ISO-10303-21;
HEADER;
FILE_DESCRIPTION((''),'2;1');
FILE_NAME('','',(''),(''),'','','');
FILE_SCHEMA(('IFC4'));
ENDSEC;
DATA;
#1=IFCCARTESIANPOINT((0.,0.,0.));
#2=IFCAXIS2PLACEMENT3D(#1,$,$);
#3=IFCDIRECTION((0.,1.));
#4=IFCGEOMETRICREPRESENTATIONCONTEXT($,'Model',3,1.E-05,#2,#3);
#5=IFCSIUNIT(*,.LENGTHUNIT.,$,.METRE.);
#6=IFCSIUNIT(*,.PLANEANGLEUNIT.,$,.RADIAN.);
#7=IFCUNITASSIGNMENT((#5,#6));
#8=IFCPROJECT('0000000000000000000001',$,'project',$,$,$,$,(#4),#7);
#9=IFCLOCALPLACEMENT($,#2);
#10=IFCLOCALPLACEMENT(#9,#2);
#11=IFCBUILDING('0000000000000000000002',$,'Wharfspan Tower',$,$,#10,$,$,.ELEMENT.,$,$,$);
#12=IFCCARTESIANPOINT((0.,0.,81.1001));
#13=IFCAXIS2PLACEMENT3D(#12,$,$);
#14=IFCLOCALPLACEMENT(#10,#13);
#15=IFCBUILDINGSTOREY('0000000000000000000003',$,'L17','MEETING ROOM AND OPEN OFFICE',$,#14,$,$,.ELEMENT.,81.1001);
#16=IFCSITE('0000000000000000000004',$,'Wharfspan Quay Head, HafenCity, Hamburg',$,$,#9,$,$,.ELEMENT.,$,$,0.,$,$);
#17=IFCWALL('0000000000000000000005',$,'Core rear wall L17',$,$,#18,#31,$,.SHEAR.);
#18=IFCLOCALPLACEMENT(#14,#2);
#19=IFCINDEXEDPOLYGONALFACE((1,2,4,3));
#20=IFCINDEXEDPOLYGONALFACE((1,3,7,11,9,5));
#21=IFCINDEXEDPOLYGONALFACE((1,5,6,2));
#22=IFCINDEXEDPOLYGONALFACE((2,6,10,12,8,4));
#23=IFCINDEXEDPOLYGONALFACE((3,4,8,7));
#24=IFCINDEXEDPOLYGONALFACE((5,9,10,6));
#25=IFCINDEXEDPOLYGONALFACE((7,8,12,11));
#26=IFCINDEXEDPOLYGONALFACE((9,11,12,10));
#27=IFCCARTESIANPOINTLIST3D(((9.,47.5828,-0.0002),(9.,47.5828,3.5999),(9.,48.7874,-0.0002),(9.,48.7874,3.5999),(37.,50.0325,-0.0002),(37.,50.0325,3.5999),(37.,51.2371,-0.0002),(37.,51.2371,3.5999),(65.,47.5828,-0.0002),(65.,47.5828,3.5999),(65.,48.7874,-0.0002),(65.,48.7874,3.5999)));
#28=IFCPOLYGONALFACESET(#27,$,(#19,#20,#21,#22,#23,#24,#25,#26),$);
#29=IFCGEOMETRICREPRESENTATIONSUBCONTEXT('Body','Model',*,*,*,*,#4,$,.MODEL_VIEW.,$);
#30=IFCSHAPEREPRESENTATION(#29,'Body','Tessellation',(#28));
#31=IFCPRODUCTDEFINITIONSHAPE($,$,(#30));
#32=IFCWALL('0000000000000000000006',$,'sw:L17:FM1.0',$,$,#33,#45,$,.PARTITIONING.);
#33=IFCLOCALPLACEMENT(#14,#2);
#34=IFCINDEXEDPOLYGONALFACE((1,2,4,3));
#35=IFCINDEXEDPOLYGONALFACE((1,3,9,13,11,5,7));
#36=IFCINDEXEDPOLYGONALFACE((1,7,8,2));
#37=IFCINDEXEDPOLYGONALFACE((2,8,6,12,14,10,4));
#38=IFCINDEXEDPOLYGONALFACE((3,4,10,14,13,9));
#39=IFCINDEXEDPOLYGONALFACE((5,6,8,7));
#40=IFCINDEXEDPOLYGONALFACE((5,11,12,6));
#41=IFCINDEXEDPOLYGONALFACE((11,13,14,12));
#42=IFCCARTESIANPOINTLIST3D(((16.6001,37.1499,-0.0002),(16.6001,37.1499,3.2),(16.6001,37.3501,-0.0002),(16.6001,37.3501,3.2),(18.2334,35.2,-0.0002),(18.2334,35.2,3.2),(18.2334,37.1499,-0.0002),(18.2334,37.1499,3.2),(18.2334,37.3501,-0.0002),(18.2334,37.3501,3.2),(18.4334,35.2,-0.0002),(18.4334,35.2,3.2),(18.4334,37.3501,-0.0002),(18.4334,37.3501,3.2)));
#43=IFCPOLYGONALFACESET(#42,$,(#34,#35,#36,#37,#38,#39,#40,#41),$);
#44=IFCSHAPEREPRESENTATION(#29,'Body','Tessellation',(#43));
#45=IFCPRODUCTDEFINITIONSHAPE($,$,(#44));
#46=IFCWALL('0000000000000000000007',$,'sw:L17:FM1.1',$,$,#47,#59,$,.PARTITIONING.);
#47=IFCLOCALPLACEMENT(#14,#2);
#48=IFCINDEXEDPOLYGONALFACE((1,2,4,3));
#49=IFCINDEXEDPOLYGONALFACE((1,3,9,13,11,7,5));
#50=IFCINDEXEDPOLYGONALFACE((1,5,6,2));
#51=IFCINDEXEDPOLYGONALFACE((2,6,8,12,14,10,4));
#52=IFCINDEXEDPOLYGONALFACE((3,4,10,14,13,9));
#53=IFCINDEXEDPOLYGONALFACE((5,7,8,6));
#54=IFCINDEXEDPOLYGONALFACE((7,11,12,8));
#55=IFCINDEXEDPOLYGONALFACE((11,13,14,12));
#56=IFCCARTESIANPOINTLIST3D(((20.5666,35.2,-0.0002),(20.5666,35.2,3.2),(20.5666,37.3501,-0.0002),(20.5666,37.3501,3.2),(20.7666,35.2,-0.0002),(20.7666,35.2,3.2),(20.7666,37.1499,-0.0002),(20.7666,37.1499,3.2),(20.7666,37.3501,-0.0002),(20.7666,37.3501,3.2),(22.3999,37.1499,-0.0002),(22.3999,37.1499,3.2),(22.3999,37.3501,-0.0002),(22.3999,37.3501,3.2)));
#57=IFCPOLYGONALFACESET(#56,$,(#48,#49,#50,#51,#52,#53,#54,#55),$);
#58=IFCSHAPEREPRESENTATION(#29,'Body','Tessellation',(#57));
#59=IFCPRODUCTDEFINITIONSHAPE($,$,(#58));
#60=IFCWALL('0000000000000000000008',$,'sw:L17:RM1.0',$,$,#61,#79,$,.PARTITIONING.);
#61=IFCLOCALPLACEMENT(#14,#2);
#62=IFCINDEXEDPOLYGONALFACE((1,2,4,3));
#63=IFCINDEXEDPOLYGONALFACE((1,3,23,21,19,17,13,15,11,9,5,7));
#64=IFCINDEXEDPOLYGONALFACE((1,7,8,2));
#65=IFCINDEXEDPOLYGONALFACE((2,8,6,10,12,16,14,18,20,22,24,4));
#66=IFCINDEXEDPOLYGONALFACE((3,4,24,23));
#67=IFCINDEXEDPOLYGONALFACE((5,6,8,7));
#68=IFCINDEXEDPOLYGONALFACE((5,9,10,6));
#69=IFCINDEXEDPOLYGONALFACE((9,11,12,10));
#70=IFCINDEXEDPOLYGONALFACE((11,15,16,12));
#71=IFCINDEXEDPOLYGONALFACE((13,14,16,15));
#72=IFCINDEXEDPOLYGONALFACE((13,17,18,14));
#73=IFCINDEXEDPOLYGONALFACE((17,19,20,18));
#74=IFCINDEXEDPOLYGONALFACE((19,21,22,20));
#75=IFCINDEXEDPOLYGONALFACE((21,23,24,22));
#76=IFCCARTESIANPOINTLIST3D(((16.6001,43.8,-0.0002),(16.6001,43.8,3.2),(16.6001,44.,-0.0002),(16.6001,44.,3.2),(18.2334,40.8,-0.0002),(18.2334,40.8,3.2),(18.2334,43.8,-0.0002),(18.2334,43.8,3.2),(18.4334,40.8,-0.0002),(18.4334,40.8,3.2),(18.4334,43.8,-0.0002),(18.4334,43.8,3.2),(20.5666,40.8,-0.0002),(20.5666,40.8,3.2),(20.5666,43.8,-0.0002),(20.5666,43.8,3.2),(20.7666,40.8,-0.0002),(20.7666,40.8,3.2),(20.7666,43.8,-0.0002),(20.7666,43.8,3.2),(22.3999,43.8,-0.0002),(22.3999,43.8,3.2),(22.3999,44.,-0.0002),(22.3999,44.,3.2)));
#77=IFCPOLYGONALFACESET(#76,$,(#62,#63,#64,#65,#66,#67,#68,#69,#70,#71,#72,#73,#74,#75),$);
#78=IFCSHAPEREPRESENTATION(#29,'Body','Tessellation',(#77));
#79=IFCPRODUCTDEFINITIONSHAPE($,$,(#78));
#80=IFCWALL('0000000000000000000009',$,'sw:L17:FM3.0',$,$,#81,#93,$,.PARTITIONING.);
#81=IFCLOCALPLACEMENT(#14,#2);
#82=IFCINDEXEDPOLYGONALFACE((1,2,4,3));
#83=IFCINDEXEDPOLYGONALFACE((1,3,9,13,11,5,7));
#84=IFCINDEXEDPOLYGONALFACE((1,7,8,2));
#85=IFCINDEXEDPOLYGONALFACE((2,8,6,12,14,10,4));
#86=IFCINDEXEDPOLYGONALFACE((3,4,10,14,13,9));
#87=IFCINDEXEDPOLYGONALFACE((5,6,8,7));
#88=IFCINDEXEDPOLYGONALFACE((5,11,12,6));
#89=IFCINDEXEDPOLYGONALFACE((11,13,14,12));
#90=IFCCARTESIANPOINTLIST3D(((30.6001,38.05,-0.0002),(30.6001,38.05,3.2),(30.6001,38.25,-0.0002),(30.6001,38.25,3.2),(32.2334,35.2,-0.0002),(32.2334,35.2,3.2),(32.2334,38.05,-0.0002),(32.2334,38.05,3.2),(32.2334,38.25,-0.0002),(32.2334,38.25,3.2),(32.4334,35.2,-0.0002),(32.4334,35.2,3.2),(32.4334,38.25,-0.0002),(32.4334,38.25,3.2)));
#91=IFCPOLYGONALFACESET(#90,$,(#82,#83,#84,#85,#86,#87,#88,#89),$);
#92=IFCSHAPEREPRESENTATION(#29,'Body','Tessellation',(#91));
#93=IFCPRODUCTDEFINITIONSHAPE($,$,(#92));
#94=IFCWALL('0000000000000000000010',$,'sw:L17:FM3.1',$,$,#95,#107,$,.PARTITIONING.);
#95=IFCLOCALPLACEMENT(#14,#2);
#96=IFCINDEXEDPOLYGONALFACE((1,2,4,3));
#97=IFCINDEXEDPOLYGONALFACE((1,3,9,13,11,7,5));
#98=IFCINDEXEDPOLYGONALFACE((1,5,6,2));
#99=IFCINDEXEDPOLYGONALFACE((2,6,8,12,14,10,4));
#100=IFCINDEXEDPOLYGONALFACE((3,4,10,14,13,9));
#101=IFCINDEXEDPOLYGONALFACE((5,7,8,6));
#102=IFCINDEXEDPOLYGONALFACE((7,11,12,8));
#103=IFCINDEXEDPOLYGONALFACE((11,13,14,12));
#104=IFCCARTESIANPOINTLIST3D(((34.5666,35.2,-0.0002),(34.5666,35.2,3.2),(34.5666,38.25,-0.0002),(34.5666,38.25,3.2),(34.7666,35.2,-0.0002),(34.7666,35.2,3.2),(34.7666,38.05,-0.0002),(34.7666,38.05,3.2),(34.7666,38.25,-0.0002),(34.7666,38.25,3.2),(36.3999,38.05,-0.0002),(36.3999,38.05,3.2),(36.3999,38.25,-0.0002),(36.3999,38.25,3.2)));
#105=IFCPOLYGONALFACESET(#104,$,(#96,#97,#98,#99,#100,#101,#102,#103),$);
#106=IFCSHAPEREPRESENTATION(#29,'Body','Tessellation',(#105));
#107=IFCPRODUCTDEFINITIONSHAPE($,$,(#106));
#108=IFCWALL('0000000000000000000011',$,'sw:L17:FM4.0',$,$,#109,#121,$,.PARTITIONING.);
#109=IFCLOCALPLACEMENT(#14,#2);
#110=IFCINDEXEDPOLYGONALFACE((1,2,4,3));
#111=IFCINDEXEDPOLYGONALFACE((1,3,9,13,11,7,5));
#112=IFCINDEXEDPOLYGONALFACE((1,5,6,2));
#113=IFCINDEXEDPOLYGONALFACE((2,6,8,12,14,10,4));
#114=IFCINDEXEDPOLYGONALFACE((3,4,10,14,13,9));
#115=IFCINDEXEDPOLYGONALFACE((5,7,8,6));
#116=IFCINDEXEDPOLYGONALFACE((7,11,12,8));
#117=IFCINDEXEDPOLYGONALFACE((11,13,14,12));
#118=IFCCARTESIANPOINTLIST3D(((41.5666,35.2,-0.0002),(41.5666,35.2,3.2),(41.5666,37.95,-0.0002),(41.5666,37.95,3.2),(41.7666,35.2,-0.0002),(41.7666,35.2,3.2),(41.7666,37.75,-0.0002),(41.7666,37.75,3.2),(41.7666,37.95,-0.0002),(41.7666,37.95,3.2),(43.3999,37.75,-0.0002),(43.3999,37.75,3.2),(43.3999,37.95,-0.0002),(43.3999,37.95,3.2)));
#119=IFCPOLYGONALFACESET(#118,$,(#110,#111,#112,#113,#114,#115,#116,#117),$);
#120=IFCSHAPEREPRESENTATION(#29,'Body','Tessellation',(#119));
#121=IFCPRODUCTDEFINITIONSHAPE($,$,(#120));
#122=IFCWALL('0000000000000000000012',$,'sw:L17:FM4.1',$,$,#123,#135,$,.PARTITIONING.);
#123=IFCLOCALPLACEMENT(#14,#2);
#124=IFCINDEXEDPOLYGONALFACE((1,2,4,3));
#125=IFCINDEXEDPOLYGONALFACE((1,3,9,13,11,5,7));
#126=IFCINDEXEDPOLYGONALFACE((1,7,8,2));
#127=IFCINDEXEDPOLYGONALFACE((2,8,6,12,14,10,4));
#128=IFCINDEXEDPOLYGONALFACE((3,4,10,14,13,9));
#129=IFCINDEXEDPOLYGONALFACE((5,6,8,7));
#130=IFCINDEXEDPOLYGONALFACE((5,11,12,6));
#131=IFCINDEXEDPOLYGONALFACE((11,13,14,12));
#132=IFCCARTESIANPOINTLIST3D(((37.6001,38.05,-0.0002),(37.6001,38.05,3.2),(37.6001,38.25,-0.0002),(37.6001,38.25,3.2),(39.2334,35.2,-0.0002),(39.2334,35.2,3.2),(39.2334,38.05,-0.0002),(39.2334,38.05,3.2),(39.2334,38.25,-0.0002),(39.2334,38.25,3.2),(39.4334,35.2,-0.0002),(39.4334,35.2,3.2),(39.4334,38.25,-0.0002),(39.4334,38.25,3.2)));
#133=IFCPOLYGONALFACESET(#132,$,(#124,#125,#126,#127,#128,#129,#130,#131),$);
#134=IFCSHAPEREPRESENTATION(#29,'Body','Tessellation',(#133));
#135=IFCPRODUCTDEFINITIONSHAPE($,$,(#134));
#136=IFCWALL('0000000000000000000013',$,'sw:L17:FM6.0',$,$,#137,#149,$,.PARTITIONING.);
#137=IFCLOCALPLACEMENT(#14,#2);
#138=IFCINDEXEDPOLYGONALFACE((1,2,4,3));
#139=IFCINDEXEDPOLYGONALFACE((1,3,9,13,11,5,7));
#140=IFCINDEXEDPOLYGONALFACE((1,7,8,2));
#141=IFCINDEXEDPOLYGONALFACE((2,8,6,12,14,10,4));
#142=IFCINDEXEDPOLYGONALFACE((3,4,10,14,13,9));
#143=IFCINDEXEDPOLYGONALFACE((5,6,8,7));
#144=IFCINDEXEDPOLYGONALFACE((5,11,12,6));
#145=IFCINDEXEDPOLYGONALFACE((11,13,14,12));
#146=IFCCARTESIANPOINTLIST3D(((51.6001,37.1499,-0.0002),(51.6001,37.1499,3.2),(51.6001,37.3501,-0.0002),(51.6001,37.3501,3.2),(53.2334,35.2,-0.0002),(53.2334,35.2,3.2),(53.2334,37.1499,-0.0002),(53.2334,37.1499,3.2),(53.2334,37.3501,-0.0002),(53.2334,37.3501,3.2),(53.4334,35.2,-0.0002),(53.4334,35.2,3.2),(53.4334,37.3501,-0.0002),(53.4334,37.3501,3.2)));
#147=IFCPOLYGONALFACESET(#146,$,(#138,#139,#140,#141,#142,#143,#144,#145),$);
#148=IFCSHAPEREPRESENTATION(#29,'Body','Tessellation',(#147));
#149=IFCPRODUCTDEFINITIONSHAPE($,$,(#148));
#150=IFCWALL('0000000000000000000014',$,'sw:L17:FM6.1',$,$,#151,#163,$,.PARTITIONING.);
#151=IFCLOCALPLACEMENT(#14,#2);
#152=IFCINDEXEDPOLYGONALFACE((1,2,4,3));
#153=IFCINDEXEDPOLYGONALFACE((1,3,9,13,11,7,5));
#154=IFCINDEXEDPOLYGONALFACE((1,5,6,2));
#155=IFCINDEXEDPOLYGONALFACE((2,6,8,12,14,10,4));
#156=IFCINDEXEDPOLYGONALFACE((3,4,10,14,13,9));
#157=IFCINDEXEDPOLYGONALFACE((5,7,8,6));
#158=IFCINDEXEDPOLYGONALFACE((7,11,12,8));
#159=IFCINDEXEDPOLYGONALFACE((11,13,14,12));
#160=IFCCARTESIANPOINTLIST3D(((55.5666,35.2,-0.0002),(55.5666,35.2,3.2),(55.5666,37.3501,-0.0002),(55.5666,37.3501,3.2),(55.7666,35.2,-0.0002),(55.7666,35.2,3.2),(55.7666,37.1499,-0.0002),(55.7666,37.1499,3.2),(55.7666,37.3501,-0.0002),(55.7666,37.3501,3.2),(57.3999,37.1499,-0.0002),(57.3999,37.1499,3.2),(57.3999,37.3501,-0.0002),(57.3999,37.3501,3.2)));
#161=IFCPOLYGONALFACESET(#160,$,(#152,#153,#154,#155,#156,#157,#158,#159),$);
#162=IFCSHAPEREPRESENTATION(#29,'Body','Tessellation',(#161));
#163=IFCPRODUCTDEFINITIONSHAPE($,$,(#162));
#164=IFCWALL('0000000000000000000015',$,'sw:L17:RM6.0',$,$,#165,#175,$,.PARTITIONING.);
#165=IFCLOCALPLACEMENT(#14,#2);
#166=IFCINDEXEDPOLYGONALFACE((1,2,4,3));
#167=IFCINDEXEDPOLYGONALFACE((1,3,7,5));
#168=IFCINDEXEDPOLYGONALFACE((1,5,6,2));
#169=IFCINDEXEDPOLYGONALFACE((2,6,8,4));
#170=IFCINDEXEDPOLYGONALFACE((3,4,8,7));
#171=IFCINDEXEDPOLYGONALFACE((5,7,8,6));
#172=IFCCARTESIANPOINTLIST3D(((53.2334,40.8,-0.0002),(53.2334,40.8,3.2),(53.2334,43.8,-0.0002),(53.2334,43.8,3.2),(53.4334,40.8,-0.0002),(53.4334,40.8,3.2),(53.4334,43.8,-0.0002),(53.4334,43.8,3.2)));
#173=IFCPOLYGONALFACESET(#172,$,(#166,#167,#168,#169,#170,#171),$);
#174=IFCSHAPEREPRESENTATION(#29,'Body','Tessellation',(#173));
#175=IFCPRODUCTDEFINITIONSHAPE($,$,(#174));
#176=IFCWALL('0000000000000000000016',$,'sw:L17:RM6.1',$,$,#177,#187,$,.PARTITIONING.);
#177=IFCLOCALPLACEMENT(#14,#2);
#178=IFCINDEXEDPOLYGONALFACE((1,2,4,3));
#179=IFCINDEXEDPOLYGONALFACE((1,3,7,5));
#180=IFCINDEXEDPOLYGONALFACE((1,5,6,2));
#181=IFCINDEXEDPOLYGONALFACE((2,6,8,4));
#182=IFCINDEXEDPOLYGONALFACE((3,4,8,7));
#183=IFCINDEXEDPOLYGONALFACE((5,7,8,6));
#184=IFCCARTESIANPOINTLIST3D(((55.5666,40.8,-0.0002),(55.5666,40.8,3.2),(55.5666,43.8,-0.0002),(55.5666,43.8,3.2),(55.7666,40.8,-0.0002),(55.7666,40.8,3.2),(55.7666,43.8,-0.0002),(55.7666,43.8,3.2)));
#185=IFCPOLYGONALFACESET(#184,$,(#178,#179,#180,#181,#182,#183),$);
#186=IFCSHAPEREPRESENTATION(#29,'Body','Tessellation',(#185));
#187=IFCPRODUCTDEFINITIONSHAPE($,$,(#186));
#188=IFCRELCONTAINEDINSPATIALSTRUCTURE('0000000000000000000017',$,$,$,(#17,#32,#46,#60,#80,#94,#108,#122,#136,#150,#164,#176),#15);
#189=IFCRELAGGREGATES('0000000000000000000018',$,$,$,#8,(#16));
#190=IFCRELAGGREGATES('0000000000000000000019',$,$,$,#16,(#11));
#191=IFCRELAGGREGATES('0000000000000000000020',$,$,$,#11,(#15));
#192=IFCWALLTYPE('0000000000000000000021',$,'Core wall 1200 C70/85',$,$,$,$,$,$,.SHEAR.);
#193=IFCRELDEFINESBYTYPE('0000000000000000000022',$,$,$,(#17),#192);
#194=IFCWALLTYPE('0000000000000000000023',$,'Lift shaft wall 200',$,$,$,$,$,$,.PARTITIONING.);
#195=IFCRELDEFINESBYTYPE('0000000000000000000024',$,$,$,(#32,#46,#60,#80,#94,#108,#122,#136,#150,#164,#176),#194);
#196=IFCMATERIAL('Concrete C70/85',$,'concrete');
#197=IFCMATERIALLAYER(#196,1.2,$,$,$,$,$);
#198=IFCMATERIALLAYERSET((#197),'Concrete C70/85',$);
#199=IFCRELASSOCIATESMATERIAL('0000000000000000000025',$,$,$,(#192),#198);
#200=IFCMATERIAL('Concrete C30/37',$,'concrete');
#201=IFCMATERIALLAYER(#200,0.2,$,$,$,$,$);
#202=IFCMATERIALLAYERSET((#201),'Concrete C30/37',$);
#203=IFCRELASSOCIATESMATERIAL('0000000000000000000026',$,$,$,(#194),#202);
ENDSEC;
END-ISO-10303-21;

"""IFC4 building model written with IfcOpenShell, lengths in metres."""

from ifc_helpers import new_model, si_unit, direction, frame, origin, place, context, subcontext, project, spatial, polyline, outline, extrude, material, layer, layer_set, type_object, element, save


model = new_model("IFC4")

# Units and contexts
model_context = context("Model", 3, precision=1e-05, world=origin(), true_north=direction((0.0, 1.0)))
body_context = subcontext(model_context, "Body", "Model", "MODEL_VIEW")
ifc_project = project(units=[si_unit("LENGTHUNIT", "METRE"), si_unit("PLANEANGLEUNIT", "RADIAN")], contexts=[model_context])

# Site, building, storey
site_placement = place(None, origin())
site = spatial("IfcSite", under=ifc_project, at=site_placement, Name="Wharfspan Quay Head, HafenCity, Hamburg", CompositionType="ELEMENT", RefElevation=0.0)
building_placement = place(site_placement, origin())
building = spatial("IfcBuilding", under=site, at=building_placement, Name="Wharfspan Tower", CompositionType="ELEMENT")
storey_placement = place(building_placement, frame((0.0, 0.0, 81.1001)))
storey = spatial("IfcBuildingStorey", under=building, at=storey_placement, Name="L17", Description="MEETING ROOM AND OPEN OFFICE", CompositionType="ELEMENT", Elevation=81.1001)

# Walls
ifc_material_1 = material(Name="Concrete C70/85", Category="concrete")
ifc_layer_1 = layer(ifc_material_1, 1.2)
ifc_layer_set_1 = layer_set([ifc_layer_1], Name="Concrete C70/85")
wall_type_1 = type_object("IfcWallType", Name="Core wall 1200 C70/85", PredefinedType="SHEAR", material=ifc_layer_set_1)
wall_1_placement = place(storey_placement, frame((0.0, 0.0, -0.0002)))
element("IfcWall", 1, at=wall_1_placement, inside=storey, type_object=wall_type_1, Name="Core rear wall L17", PredefinedType="SHEAR", context=body_context, shape_type="SweptSolid", body=[
    extrude(outline(polyline([(9.0, 47.5828), (37.0, 50.0325), (65.0, 47.5828), (65.0, 48.7874), (37.0, 51.2371), (9.0, 48.7874), (9.0, 47.5828)])), origin(), (0.0, 0.0, 1.0), 3.6001),
])
ifc_material_2 = material(Name="Concrete C30/37", Category="concrete")
ifc_layer_2 = layer(ifc_material_2, 0.2)
ifc_layer_set_2 = layer_set([ifc_layer_2], Name="Concrete C30/37")
wall_type_2 = type_object("IfcWallType", Name="Lift shaft wall 200", PredefinedType="PARTITIONING", material=ifc_layer_set_2)
wall_2_placement = place(storey_placement, frame((0.0, 0.0, -0.0002)))
element("IfcWall", 2, at=wall_2_placement, inside=storey, type_object=wall_type_2, Name="sw:L17:FM1.0", PredefinedType="PARTITIONING", context=body_context, shape_type="SweptSolid", body=[
    extrude(outline(polyline([(18.2334, 37.1499), (16.6001, 37.1499), (16.6001, 37.3501), (18.2334, 37.3501), (18.4334, 37.3501), (18.4334, 35.2), (18.2334, 35.2), (18.2334, 37.1499)])), origin(), (0.0, 0.0, 1.0), 3.2002),
])
wall_3_placement = place(storey_placement, frame((0.0, 0.0, -0.0002)))
element("IfcWall", 3, at=wall_3_placement, inside=storey, type_object=wall_type_2, Name="sw:L17:FM1.1", PredefinedType="PARTITIONING", context=body_context, shape_type="SweptSolid", body=[
    extrude(outline(polyline([(20.5666, 37.3501), (20.7666, 37.3501), (22.3999, 37.3501), (22.3999, 37.1499), (20.7666, 37.1499), (20.7666, 35.2), (20.5666, 35.2), (20.5666, 37.3501)])), origin(), (0.0, 0.0, 1.0), 3.2002),
])
wall_4_placement = place(storey_placement, frame((0.0, 0.0, -0.0002)))
element("IfcWall", 4, at=wall_4_placement, inside=storey, type_object=wall_type_2, Name="sw:L17:RM1.0", PredefinedType="PARTITIONING", context=body_context, shape_type="SweptSolid", body=[
    extrude(outline(polyline([(18.4334, 40.8), (18.2334, 40.8), (18.2334, 43.8), (16.6001, 43.8), (16.6001, 44.0), (22.3999, 44.0), (22.3999, 43.8), (20.7666, 43.8), (20.7666, 40.8), (20.5666, 40.8), (20.5666, 43.8), (18.4334, 43.8), (18.4334, 40.8)])), origin(), (0.0, 0.0, 1.0), 3.2002),
])
wall_5_placement = place(storey_placement, frame((0.0, 0.0, -0.0002)))
element("IfcWall", 5, at=wall_5_placement, inside=storey, type_object=wall_type_2, Name="sw:L17:FM3.0", PredefinedType="PARTITIONING", context=body_context, shape_type="SweptSolid", body=[
    extrude(outline(polyline([(32.2334, 38.05), (30.6001, 38.05), (30.6001, 38.25), (32.2334, 38.25), (32.4333, 38.25), (32.4333, 35.2), (32.2334, 35.2), (32.2334, 38.05)])), origin(), (0.0, 0.0, 1.0), 3.2002),
])
wall_6_placement = place(storey_placement, frame((0.0, 0.0, -0.0002)))
element("IfcWall", 6, at=wall_6_placement, inside=storey, type_object=wall_type_2, Name="sw:L17:FM3.1", PredefinedType="PARTITIONING", context=body_context, shape_type="SweptSolid", body=[
    extrude(outline(polyline([(34.5667, 38.25), (34.7666, 38.25), (36.3999, 38.25), (36.3999, 38.05), (34.7666, 38.05), (34.7666, 35.2), (34.5667, 35.2), (34.5667, 38.25)])), origin(), (0.0, 0.0, 1.0), 3.2002),
])
wall_7_placement = place(storey_placement, frame((0.0, 0.0, -0.0002)))
element("IfcWall", 7, at=wall_7_placement, inside=storey, type_object=wall_type_2, Name="sw:L17:FM4.0", PredefinedType="PARTITIONING", context=body_context, shape_type="SweptSolid", body=[
    extrude(outline(polyline([(41.5667, 37.95), (41.7666, 37.95), (43.3999, 37.95), (43.3999, 37.75), (41.7666, 37.75), (41.7666, 35.2), (41.5667, 35.2), (41.5667, 37.95)])), origin(), (0.0, 0.0, 1.0), 3.2002),
])
wall_8_placement = place(storey_placement, frame((0.0, 0.0, -0.0002)))
element("IfcWall", 8, at=wall_8_placement, inside=storey, type_object=wall_type_2, Name="sw:L17:FM4.1", PredefinedType="PARTITIONING", context=body_context, shape_type="SweptSolid", body=[
    extrude(outline(polyline([(39.2334, 38.05), (37.6001, 38.05), (37.6001, 38.25), (39.2334, 38.25), (39.4333, 38.25), (39.4333, 35.2), (39.2334, 35.2), (39.2334, 38.05)])), origin(), (0.0, 0.0, 1.0), 3.2002),
])
wall_9_placement = place(storey_placement, frame((0.0, 0.0, -0.0002)))
element("IfcWall", 9, at=wall_9_placement, inside=storey, type_object=wall_type_2, Name="sw:L17:FM6.0", PredefinedType="PARTITIONING", context=body_context, shape_type="SweptSolid", body=[
    extrude(outline(polyline([(53.2334, 37.1499), (51.6001, 37.1499), (51.6001, 37.3501), (53.2334, 37.3501), (53.4333, 37.3501), (53.4333, 35.2), (53.2334, 35.2), (53.2334, 37.1499)])), origin(), (0.0, 0.0, 1.0), 3.2002),
])
wall_10_placement = place(storey_placement, frame((0.0, 0.0, -0.0002)))
element("IfcWall", 10, at=wall_10_placement, inside=storey, type_object=wall_type_2, Name="sw:L17:FM6.1", PredefinedType="PARTITIONING", context=body_context, shape_type="SweptSolid", body=[
    extrude(outline(polyline([(55.5667, 37.3501), (55.7666, 37.3501), (57.3999, 37.3501), (57.3999, 37.1499), (55.7666, 37.1499), (55.7666, 35.2), (55.5667, 35.2), (55.5667, 37.3501)])), origin(), (0.0, 0.0, 1.0), 3.2002),
])
wall_11_placement = place(storey_placement, frame((0.0, 0.0, -0.0002)))
element("IfcWall", 11, at=wall_11_placement, inside=storey, type_object=wall_type_2, Name="sw:L17:RM6.0", PredefinedType="PARTITIONING", context=body_context, shape_type="SweptSolid", body=[
    extrude(outline(polyline([(53.2334, 40.8), (53.2334, 43.8), (53.4333, 43.8), (53.4333, 40.8), (53.2334, 40.8)])), origin(), (0.0, 0.0, 1.0), 3.2002),
])
wall_12_placement = place(storey_placement, frame((0.0, 0.0, -0.0002)))
element("IfcWall", 12, at=wall_12_placement, inside=storey, type_object=wall_type_2, Name="sw:L17:RM6.1", PredefinedType="PARTITIONING", context=body_context, shape_type="SweptSolid", body=[
    extrude(outline(polyline([(55.5667, 40.8), (55.5667, 43.8), (55.7666, 43.8), (55.7666, 40.8), (55.5667, 40.8)])), origin(), (0.0, 0.0, 1.0), 3.2002),
])

save(model, "model.ifc")
